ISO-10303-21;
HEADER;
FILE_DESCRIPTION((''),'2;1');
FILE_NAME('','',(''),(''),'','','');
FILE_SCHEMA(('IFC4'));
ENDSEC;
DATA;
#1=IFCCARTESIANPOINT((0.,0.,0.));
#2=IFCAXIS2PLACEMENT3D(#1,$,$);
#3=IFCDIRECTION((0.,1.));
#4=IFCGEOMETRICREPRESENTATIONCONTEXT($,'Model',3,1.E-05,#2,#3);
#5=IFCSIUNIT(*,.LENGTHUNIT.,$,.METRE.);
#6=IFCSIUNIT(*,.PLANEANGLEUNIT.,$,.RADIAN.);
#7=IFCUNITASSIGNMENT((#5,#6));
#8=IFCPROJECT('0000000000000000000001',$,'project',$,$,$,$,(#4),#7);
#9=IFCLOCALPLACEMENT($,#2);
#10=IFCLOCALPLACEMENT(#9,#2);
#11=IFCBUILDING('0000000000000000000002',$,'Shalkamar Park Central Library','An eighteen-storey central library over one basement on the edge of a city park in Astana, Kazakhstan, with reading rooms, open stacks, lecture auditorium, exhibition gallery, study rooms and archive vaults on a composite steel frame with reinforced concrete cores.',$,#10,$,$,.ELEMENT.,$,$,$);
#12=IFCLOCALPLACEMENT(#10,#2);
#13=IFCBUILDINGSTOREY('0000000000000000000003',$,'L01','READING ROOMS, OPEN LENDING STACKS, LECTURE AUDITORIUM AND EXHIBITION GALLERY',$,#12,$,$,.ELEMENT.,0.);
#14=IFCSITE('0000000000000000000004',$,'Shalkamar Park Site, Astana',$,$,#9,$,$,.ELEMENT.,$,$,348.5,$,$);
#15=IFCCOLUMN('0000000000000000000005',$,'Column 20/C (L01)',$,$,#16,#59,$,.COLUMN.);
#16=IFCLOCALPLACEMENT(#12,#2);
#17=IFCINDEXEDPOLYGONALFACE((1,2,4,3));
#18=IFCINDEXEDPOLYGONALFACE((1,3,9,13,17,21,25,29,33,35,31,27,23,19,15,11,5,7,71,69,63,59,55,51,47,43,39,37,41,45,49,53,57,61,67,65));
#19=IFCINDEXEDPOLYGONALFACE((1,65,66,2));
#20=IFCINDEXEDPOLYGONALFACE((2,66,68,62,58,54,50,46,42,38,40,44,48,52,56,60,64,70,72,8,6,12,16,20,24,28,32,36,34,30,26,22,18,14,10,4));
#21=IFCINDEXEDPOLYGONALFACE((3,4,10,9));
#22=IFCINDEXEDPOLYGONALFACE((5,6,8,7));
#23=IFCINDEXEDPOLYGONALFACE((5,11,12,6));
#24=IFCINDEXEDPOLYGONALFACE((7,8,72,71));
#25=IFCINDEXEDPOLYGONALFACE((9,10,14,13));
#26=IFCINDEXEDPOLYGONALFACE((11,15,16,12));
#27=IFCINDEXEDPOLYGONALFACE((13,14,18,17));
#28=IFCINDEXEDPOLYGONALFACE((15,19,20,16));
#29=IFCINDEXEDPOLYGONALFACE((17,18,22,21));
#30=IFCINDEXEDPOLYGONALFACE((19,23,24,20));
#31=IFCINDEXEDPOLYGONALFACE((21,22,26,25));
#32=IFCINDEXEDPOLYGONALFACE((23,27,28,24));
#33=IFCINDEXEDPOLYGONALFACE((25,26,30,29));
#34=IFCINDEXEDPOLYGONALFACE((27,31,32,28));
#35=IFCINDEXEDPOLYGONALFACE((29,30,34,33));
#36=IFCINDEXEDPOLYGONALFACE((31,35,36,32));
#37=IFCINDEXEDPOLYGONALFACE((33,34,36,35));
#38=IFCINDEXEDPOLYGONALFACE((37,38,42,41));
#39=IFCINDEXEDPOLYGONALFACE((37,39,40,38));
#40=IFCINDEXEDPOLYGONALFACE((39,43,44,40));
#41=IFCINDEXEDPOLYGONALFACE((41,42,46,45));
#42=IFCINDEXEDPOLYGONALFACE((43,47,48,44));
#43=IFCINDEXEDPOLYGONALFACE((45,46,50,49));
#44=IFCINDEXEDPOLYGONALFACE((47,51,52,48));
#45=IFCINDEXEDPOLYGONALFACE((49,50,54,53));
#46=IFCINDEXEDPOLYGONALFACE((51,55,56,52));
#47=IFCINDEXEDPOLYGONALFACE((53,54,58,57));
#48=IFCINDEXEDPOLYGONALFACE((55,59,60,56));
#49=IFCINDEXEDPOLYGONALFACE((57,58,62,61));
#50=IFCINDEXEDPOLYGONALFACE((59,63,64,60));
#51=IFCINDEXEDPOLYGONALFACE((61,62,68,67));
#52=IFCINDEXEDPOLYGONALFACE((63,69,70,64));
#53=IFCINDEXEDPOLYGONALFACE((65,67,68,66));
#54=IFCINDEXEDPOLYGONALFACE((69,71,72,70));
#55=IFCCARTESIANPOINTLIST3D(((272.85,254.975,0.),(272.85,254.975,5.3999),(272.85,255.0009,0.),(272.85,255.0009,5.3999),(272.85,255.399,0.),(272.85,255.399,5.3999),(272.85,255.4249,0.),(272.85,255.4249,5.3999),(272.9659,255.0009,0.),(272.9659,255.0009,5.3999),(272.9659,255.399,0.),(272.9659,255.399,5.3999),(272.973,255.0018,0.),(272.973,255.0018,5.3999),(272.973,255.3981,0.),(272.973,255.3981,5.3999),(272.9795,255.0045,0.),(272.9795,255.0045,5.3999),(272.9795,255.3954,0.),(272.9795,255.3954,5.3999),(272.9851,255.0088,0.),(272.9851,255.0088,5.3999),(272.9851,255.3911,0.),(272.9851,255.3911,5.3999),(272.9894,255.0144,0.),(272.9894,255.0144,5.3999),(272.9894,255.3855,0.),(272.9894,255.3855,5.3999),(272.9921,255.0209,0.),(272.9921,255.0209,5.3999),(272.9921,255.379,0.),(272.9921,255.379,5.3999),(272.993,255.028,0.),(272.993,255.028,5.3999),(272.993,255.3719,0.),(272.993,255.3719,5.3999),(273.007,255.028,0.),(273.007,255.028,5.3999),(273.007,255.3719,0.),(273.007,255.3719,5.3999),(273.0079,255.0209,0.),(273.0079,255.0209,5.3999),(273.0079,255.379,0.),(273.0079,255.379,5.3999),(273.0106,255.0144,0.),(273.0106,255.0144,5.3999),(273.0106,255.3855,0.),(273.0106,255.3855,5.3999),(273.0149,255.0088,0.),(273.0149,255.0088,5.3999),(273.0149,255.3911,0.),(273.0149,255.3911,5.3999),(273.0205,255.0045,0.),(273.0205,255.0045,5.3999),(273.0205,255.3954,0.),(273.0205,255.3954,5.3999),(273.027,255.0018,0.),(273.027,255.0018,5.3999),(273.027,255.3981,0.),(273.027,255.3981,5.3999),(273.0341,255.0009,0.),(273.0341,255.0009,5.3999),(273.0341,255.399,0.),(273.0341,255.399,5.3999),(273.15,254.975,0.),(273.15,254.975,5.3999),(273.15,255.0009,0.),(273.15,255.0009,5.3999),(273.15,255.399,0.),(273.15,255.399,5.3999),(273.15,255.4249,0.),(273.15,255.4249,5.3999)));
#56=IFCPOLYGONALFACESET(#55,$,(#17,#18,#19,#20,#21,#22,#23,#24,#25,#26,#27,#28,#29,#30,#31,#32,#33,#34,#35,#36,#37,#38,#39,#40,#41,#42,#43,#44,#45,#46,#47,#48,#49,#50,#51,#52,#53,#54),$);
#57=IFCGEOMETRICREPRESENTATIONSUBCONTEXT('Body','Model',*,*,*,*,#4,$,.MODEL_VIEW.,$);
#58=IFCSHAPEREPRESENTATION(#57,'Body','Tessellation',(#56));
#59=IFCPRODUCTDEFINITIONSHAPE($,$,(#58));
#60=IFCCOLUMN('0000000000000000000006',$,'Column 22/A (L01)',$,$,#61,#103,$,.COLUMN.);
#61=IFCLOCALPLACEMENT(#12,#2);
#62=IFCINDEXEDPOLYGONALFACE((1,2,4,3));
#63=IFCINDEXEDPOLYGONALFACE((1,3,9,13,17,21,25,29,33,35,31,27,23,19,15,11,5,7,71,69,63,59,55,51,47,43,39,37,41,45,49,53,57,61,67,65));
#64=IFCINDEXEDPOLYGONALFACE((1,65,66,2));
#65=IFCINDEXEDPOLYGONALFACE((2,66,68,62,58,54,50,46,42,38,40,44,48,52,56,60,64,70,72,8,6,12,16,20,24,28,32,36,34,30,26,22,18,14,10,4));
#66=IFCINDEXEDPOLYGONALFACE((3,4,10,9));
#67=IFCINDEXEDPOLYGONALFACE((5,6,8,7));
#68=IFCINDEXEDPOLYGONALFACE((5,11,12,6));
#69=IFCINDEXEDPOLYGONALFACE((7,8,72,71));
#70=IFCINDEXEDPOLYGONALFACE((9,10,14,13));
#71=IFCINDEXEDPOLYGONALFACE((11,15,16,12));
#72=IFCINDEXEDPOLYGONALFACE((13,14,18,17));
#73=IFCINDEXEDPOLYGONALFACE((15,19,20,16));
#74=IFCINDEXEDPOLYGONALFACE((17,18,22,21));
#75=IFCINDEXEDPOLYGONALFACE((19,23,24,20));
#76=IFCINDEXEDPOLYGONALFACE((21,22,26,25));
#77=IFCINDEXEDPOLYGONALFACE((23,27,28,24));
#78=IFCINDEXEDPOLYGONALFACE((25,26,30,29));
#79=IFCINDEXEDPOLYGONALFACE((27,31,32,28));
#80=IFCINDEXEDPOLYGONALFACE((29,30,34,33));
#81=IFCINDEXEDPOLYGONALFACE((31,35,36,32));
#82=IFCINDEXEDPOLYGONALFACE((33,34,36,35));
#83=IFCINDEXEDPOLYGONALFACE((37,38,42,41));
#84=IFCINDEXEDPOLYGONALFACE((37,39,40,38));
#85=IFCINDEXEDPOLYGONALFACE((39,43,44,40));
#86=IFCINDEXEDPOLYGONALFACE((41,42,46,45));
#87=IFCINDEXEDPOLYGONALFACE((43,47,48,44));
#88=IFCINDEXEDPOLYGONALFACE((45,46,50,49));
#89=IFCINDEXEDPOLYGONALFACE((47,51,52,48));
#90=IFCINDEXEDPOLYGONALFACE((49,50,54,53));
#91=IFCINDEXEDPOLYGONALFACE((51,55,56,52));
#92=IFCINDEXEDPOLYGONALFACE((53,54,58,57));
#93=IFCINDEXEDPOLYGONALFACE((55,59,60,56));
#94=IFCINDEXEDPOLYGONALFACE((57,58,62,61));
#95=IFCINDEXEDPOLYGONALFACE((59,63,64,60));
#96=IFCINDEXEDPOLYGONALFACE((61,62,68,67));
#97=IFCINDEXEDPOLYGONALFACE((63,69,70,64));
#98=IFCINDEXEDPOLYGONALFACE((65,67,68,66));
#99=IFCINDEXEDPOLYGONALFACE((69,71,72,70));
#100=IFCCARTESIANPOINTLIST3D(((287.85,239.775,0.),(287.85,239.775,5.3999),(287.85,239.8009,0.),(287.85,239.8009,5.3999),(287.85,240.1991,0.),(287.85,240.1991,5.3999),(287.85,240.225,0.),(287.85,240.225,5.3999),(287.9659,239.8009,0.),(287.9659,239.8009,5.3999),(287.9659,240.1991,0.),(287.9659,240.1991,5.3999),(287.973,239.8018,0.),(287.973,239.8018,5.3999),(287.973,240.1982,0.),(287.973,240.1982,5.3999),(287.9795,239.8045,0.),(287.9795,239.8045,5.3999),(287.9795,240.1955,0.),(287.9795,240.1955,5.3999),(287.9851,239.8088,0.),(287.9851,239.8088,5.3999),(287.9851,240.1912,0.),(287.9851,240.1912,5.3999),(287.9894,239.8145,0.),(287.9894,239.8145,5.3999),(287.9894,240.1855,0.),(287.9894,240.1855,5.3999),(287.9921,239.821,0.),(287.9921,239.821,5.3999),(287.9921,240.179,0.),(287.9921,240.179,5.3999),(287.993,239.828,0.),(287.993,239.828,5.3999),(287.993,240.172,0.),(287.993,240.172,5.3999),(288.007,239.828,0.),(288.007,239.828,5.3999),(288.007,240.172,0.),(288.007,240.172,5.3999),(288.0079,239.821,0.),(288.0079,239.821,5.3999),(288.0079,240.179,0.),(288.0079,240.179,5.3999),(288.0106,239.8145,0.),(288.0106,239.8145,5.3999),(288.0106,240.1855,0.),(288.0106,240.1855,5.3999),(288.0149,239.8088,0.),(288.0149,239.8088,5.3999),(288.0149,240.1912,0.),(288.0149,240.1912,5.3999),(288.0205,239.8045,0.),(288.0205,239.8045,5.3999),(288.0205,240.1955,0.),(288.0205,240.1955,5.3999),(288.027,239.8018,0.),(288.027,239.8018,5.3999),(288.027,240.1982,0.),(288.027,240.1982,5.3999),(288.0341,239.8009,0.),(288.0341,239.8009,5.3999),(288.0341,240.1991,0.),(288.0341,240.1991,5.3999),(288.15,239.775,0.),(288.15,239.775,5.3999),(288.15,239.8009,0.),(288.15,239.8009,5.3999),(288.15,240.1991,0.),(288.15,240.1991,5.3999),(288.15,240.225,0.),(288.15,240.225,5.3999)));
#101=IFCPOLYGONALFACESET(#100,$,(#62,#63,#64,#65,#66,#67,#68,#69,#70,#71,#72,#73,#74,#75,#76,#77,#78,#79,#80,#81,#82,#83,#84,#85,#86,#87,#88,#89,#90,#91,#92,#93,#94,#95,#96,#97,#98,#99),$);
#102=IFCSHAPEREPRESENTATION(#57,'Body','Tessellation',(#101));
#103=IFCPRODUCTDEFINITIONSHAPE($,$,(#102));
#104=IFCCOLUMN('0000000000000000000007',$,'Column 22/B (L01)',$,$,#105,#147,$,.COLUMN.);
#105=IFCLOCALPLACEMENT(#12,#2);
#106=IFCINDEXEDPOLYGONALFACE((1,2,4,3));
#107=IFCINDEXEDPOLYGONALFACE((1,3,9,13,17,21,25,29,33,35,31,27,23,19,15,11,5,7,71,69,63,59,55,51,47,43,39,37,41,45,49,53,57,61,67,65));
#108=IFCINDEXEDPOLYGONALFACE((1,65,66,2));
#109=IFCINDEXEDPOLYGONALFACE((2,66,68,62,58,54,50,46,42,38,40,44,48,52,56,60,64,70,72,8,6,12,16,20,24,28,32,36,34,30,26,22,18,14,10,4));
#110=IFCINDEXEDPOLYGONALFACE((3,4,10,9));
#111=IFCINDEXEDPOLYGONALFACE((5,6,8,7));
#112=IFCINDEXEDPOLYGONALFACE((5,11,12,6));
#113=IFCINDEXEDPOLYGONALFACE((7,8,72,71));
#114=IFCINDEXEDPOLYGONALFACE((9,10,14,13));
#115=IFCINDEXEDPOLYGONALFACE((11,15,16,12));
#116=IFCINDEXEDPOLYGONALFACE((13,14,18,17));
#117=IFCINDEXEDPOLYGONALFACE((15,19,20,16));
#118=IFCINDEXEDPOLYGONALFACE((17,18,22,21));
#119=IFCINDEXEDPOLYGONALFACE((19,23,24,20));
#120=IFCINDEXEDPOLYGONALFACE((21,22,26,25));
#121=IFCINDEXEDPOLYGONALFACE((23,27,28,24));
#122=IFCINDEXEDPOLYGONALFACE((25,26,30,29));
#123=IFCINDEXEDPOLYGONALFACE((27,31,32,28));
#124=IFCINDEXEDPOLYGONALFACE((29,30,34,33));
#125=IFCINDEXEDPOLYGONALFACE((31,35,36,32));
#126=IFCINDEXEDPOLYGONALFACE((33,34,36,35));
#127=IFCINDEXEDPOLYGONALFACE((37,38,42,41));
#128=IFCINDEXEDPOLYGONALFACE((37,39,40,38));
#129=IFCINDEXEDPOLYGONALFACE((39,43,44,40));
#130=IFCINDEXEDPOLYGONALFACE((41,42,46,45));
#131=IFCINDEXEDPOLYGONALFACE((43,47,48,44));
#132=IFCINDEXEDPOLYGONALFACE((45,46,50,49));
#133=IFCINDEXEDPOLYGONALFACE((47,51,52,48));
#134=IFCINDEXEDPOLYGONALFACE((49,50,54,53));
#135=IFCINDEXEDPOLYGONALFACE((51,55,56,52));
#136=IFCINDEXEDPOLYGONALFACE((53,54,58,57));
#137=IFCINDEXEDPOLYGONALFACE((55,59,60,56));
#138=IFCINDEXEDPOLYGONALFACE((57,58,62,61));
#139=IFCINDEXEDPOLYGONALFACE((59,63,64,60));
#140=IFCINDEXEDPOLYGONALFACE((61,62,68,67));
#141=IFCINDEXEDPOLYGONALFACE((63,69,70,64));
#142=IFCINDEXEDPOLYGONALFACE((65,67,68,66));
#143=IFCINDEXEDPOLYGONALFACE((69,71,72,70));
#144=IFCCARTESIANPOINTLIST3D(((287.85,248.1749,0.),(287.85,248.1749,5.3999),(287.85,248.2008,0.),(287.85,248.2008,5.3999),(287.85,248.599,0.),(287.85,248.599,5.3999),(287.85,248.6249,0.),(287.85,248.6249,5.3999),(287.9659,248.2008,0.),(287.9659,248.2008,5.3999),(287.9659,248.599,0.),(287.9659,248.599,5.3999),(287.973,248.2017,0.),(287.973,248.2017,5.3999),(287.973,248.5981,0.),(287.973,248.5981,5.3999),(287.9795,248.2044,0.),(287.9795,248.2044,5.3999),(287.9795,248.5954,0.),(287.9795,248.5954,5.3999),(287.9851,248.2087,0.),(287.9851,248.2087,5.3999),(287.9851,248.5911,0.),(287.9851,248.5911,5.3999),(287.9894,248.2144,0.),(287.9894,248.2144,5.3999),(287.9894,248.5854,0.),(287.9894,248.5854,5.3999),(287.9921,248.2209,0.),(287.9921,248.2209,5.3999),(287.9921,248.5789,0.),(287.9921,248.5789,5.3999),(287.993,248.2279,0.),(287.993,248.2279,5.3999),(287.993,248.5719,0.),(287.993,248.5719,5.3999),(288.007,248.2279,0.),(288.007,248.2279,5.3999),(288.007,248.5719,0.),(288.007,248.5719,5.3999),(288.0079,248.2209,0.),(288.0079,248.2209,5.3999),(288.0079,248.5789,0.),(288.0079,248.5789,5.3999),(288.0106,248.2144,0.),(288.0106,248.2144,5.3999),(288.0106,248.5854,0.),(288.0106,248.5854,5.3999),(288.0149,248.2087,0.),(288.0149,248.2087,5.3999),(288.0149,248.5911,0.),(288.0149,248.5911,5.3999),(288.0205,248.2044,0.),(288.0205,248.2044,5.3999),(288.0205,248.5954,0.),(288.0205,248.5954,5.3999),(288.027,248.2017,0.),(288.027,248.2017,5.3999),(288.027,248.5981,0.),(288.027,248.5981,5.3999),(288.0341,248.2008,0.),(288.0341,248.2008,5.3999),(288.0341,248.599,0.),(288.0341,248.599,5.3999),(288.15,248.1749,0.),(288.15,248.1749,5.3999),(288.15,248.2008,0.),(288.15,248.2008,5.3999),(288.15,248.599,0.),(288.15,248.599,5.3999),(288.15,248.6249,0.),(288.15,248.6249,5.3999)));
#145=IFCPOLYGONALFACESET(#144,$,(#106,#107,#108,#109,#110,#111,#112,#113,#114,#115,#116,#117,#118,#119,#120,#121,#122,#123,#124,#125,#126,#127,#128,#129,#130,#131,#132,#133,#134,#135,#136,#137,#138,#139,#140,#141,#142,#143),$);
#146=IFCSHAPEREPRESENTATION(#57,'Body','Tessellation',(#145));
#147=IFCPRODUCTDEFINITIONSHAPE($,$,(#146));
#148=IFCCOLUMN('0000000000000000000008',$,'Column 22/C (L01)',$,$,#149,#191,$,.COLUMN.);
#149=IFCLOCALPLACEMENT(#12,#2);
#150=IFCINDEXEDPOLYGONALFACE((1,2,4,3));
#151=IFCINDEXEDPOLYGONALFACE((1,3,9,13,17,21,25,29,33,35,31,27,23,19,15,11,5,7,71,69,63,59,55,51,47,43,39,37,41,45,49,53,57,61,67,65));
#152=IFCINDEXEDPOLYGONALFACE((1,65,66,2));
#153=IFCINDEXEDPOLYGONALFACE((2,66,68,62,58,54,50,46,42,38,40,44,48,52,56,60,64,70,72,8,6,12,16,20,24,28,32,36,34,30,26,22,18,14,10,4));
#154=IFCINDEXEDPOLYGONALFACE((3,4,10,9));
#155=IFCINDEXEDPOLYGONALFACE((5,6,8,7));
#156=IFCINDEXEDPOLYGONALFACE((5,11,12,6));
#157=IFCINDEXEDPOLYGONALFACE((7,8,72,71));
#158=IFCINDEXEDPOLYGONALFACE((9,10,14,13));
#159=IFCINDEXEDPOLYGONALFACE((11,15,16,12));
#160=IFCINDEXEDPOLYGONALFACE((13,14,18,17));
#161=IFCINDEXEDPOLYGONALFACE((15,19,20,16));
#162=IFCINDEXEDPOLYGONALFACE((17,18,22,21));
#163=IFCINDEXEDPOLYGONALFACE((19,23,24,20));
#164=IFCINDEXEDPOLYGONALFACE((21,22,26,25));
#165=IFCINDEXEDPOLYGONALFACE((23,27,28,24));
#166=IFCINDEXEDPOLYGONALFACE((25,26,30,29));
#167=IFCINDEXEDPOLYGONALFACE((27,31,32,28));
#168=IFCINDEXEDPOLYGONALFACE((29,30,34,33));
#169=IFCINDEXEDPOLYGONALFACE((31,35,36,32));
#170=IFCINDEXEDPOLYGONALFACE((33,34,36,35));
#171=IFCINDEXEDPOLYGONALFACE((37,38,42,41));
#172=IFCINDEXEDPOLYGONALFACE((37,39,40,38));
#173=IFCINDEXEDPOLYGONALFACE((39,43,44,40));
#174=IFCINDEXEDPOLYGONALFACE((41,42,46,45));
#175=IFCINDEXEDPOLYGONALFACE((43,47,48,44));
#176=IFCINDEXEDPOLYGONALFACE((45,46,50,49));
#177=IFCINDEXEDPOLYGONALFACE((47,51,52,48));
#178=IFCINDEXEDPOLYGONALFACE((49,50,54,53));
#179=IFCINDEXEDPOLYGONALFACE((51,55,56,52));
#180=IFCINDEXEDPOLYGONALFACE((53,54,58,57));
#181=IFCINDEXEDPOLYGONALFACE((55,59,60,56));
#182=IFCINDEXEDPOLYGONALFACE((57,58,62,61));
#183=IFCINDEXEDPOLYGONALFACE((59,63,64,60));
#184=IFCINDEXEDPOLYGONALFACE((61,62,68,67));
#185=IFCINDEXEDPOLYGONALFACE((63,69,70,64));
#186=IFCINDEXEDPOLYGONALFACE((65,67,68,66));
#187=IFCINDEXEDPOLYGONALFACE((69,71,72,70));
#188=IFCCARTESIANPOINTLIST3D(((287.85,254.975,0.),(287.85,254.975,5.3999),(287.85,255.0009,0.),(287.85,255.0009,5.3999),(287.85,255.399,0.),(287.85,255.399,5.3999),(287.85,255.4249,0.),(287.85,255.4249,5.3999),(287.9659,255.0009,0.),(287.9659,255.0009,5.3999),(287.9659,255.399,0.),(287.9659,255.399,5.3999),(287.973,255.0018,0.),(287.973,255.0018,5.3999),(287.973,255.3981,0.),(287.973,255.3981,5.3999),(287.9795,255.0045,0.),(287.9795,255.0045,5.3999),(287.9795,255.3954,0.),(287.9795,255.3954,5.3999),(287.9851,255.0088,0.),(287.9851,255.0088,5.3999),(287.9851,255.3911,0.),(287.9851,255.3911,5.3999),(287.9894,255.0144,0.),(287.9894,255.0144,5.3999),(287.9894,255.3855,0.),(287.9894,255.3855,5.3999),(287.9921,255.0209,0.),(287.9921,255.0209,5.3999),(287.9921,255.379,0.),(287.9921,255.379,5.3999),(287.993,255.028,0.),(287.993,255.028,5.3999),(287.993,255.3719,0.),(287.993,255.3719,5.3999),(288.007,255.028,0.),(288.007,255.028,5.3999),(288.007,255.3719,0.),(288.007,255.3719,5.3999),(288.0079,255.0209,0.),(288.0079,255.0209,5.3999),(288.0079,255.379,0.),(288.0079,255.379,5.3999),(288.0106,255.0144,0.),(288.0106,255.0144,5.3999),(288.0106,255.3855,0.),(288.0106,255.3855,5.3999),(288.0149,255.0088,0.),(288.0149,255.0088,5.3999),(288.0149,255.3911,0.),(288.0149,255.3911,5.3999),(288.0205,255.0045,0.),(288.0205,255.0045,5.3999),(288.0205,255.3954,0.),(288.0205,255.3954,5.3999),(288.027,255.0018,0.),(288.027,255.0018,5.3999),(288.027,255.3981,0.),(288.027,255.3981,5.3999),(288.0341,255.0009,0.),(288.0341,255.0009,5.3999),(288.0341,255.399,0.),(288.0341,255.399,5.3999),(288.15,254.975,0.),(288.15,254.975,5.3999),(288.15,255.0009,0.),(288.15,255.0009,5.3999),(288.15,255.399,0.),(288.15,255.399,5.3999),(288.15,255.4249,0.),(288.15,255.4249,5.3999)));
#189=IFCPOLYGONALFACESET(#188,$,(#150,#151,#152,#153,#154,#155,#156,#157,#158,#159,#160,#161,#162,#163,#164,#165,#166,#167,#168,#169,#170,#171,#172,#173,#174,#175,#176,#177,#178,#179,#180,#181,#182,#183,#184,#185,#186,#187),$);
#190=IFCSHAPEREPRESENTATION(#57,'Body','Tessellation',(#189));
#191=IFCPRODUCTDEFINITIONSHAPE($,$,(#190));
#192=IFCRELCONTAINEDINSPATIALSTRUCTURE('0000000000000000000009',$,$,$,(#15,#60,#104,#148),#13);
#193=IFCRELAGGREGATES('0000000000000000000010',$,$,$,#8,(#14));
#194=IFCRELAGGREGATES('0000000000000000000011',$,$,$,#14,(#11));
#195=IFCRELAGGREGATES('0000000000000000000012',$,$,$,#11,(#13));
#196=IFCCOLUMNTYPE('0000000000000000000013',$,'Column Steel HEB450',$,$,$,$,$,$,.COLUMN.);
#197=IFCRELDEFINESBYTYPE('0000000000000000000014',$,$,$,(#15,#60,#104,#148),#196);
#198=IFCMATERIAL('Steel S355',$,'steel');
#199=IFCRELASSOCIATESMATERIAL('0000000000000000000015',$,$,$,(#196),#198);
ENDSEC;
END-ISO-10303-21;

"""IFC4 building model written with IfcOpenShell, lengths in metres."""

from ifc_helpers import new_model, si_unit, direction, frame, origin, origin_2d, place, context, subcontext, project, spatial, i_section, extrude, material, material_profile, profile_set, type_object, element, save


model = new_model("IFC4")

# Units and contexts
model_context = context("Model", 3, precision=1e-05, world=origin(), true_north=direction((0.0, 1.0)))
body_context = subcontext(model_context, "Body", "Model", "MODEL_VIEW")
ifc_project = project(units=[si_unit("LENGTHUNIT", "METRE"), si_unit("PLANEANGLEUNIT", "RADIAN")], contexts=[model_context])

# Site, building, storey
site_placement = place(None, origin())
site = spatial("IfcSite", under=ifc_project, at=site_placement, Name="Shalkamar Park Site, Astana", CompositionType="ELEMENT", RefElevation=348.5)
building_placement = place(site_placement, origin())
building = spatial("IfcBuilding", under=site, at=building_placement, Name="Shalkamar Park Central Library", Description="An eighteen-storey central library over one basement on the edge of a city park in Astana, Kazakhstan, with reading rooms, open stacks, lecture auditorium, exhibition gallery, study rooms and archive vaults on a composite steel frame with reinforced concrete cores.", CompositionType="ELEMENT")
storey_placement = place(building_placement, origin())
storey = spatial("IfcBuildingStorey", under=building, at=storey_placement, Name="L01", Description="READING ROOMS, OPEN LENDING STACKS, LECTURE AUDITORIUM AND EXHIBITION GALLERY", CompositionType="ELEMENT", Elevation=0.0)

# Columns
ifc_material_1 = material(Name="Steel S355", Category="steel")
ifc_material_profile_1 = material_profile(ifc_material_1, i_section(OverallWidth=0.3, OverallDepth=0.45, WebThickness=0.0139, FlangeThickness=0.0259, FilletRadius=0.0271, at=origin_2d()), Name="HEB 450")
ifc_profile_set_1 = profile_set([ifc_material_profile_1], Name="Steel S355")
column_type_1 = type_object("IfcColumnType", Name="Column Steel HEB450", PredefinedType="COLUMN", material=ifc_profile_set_1)
for number, where, z_axis, x_axis, name in (
    (1, (273.0, 255.2, 0.0), (0.0, 0.0, 1.0), (1.0, 0.0, 0.0), "Column 20/C (L01)"),
    (2, (288.0, 240.0, 0.0), (0.0, 0.0, 1.0), (1.0, 0.0, 0.0), "Column 22/A (L01)"),
    (3, (288.0, 248.3999, 0.0), (0.0, 0.0, 1.0), (1.0, 0.0, 0.0), "Column 22/B (L01)"),
    (4, (288.0, 255.2, 0.0), (0.0, 0.0, 1.0), (1.0, 0.0, 0.0), "Column 22/C (L01)"),
):
    element("IfcColumn", number, at=place(storey_placement, frame(where, z_axis=z_axis, x_axis=x_axis)), inside=storey, type_object=column_type_1, Name=name, PredefinedType="COLUMN", context=body_context, shape_type="SweptSolid", body=[
        extrude(i_section(OverallWidth=0.3, OverallDepth=0.45, WebThickness=0.0139, FlangeThickness=0.0259, FilletRadius=0.0271, at=origin_2d()), origin(), (0.0, 0.0, 1.0), 5.3999),
    ])

save(model, "model.ifc")
